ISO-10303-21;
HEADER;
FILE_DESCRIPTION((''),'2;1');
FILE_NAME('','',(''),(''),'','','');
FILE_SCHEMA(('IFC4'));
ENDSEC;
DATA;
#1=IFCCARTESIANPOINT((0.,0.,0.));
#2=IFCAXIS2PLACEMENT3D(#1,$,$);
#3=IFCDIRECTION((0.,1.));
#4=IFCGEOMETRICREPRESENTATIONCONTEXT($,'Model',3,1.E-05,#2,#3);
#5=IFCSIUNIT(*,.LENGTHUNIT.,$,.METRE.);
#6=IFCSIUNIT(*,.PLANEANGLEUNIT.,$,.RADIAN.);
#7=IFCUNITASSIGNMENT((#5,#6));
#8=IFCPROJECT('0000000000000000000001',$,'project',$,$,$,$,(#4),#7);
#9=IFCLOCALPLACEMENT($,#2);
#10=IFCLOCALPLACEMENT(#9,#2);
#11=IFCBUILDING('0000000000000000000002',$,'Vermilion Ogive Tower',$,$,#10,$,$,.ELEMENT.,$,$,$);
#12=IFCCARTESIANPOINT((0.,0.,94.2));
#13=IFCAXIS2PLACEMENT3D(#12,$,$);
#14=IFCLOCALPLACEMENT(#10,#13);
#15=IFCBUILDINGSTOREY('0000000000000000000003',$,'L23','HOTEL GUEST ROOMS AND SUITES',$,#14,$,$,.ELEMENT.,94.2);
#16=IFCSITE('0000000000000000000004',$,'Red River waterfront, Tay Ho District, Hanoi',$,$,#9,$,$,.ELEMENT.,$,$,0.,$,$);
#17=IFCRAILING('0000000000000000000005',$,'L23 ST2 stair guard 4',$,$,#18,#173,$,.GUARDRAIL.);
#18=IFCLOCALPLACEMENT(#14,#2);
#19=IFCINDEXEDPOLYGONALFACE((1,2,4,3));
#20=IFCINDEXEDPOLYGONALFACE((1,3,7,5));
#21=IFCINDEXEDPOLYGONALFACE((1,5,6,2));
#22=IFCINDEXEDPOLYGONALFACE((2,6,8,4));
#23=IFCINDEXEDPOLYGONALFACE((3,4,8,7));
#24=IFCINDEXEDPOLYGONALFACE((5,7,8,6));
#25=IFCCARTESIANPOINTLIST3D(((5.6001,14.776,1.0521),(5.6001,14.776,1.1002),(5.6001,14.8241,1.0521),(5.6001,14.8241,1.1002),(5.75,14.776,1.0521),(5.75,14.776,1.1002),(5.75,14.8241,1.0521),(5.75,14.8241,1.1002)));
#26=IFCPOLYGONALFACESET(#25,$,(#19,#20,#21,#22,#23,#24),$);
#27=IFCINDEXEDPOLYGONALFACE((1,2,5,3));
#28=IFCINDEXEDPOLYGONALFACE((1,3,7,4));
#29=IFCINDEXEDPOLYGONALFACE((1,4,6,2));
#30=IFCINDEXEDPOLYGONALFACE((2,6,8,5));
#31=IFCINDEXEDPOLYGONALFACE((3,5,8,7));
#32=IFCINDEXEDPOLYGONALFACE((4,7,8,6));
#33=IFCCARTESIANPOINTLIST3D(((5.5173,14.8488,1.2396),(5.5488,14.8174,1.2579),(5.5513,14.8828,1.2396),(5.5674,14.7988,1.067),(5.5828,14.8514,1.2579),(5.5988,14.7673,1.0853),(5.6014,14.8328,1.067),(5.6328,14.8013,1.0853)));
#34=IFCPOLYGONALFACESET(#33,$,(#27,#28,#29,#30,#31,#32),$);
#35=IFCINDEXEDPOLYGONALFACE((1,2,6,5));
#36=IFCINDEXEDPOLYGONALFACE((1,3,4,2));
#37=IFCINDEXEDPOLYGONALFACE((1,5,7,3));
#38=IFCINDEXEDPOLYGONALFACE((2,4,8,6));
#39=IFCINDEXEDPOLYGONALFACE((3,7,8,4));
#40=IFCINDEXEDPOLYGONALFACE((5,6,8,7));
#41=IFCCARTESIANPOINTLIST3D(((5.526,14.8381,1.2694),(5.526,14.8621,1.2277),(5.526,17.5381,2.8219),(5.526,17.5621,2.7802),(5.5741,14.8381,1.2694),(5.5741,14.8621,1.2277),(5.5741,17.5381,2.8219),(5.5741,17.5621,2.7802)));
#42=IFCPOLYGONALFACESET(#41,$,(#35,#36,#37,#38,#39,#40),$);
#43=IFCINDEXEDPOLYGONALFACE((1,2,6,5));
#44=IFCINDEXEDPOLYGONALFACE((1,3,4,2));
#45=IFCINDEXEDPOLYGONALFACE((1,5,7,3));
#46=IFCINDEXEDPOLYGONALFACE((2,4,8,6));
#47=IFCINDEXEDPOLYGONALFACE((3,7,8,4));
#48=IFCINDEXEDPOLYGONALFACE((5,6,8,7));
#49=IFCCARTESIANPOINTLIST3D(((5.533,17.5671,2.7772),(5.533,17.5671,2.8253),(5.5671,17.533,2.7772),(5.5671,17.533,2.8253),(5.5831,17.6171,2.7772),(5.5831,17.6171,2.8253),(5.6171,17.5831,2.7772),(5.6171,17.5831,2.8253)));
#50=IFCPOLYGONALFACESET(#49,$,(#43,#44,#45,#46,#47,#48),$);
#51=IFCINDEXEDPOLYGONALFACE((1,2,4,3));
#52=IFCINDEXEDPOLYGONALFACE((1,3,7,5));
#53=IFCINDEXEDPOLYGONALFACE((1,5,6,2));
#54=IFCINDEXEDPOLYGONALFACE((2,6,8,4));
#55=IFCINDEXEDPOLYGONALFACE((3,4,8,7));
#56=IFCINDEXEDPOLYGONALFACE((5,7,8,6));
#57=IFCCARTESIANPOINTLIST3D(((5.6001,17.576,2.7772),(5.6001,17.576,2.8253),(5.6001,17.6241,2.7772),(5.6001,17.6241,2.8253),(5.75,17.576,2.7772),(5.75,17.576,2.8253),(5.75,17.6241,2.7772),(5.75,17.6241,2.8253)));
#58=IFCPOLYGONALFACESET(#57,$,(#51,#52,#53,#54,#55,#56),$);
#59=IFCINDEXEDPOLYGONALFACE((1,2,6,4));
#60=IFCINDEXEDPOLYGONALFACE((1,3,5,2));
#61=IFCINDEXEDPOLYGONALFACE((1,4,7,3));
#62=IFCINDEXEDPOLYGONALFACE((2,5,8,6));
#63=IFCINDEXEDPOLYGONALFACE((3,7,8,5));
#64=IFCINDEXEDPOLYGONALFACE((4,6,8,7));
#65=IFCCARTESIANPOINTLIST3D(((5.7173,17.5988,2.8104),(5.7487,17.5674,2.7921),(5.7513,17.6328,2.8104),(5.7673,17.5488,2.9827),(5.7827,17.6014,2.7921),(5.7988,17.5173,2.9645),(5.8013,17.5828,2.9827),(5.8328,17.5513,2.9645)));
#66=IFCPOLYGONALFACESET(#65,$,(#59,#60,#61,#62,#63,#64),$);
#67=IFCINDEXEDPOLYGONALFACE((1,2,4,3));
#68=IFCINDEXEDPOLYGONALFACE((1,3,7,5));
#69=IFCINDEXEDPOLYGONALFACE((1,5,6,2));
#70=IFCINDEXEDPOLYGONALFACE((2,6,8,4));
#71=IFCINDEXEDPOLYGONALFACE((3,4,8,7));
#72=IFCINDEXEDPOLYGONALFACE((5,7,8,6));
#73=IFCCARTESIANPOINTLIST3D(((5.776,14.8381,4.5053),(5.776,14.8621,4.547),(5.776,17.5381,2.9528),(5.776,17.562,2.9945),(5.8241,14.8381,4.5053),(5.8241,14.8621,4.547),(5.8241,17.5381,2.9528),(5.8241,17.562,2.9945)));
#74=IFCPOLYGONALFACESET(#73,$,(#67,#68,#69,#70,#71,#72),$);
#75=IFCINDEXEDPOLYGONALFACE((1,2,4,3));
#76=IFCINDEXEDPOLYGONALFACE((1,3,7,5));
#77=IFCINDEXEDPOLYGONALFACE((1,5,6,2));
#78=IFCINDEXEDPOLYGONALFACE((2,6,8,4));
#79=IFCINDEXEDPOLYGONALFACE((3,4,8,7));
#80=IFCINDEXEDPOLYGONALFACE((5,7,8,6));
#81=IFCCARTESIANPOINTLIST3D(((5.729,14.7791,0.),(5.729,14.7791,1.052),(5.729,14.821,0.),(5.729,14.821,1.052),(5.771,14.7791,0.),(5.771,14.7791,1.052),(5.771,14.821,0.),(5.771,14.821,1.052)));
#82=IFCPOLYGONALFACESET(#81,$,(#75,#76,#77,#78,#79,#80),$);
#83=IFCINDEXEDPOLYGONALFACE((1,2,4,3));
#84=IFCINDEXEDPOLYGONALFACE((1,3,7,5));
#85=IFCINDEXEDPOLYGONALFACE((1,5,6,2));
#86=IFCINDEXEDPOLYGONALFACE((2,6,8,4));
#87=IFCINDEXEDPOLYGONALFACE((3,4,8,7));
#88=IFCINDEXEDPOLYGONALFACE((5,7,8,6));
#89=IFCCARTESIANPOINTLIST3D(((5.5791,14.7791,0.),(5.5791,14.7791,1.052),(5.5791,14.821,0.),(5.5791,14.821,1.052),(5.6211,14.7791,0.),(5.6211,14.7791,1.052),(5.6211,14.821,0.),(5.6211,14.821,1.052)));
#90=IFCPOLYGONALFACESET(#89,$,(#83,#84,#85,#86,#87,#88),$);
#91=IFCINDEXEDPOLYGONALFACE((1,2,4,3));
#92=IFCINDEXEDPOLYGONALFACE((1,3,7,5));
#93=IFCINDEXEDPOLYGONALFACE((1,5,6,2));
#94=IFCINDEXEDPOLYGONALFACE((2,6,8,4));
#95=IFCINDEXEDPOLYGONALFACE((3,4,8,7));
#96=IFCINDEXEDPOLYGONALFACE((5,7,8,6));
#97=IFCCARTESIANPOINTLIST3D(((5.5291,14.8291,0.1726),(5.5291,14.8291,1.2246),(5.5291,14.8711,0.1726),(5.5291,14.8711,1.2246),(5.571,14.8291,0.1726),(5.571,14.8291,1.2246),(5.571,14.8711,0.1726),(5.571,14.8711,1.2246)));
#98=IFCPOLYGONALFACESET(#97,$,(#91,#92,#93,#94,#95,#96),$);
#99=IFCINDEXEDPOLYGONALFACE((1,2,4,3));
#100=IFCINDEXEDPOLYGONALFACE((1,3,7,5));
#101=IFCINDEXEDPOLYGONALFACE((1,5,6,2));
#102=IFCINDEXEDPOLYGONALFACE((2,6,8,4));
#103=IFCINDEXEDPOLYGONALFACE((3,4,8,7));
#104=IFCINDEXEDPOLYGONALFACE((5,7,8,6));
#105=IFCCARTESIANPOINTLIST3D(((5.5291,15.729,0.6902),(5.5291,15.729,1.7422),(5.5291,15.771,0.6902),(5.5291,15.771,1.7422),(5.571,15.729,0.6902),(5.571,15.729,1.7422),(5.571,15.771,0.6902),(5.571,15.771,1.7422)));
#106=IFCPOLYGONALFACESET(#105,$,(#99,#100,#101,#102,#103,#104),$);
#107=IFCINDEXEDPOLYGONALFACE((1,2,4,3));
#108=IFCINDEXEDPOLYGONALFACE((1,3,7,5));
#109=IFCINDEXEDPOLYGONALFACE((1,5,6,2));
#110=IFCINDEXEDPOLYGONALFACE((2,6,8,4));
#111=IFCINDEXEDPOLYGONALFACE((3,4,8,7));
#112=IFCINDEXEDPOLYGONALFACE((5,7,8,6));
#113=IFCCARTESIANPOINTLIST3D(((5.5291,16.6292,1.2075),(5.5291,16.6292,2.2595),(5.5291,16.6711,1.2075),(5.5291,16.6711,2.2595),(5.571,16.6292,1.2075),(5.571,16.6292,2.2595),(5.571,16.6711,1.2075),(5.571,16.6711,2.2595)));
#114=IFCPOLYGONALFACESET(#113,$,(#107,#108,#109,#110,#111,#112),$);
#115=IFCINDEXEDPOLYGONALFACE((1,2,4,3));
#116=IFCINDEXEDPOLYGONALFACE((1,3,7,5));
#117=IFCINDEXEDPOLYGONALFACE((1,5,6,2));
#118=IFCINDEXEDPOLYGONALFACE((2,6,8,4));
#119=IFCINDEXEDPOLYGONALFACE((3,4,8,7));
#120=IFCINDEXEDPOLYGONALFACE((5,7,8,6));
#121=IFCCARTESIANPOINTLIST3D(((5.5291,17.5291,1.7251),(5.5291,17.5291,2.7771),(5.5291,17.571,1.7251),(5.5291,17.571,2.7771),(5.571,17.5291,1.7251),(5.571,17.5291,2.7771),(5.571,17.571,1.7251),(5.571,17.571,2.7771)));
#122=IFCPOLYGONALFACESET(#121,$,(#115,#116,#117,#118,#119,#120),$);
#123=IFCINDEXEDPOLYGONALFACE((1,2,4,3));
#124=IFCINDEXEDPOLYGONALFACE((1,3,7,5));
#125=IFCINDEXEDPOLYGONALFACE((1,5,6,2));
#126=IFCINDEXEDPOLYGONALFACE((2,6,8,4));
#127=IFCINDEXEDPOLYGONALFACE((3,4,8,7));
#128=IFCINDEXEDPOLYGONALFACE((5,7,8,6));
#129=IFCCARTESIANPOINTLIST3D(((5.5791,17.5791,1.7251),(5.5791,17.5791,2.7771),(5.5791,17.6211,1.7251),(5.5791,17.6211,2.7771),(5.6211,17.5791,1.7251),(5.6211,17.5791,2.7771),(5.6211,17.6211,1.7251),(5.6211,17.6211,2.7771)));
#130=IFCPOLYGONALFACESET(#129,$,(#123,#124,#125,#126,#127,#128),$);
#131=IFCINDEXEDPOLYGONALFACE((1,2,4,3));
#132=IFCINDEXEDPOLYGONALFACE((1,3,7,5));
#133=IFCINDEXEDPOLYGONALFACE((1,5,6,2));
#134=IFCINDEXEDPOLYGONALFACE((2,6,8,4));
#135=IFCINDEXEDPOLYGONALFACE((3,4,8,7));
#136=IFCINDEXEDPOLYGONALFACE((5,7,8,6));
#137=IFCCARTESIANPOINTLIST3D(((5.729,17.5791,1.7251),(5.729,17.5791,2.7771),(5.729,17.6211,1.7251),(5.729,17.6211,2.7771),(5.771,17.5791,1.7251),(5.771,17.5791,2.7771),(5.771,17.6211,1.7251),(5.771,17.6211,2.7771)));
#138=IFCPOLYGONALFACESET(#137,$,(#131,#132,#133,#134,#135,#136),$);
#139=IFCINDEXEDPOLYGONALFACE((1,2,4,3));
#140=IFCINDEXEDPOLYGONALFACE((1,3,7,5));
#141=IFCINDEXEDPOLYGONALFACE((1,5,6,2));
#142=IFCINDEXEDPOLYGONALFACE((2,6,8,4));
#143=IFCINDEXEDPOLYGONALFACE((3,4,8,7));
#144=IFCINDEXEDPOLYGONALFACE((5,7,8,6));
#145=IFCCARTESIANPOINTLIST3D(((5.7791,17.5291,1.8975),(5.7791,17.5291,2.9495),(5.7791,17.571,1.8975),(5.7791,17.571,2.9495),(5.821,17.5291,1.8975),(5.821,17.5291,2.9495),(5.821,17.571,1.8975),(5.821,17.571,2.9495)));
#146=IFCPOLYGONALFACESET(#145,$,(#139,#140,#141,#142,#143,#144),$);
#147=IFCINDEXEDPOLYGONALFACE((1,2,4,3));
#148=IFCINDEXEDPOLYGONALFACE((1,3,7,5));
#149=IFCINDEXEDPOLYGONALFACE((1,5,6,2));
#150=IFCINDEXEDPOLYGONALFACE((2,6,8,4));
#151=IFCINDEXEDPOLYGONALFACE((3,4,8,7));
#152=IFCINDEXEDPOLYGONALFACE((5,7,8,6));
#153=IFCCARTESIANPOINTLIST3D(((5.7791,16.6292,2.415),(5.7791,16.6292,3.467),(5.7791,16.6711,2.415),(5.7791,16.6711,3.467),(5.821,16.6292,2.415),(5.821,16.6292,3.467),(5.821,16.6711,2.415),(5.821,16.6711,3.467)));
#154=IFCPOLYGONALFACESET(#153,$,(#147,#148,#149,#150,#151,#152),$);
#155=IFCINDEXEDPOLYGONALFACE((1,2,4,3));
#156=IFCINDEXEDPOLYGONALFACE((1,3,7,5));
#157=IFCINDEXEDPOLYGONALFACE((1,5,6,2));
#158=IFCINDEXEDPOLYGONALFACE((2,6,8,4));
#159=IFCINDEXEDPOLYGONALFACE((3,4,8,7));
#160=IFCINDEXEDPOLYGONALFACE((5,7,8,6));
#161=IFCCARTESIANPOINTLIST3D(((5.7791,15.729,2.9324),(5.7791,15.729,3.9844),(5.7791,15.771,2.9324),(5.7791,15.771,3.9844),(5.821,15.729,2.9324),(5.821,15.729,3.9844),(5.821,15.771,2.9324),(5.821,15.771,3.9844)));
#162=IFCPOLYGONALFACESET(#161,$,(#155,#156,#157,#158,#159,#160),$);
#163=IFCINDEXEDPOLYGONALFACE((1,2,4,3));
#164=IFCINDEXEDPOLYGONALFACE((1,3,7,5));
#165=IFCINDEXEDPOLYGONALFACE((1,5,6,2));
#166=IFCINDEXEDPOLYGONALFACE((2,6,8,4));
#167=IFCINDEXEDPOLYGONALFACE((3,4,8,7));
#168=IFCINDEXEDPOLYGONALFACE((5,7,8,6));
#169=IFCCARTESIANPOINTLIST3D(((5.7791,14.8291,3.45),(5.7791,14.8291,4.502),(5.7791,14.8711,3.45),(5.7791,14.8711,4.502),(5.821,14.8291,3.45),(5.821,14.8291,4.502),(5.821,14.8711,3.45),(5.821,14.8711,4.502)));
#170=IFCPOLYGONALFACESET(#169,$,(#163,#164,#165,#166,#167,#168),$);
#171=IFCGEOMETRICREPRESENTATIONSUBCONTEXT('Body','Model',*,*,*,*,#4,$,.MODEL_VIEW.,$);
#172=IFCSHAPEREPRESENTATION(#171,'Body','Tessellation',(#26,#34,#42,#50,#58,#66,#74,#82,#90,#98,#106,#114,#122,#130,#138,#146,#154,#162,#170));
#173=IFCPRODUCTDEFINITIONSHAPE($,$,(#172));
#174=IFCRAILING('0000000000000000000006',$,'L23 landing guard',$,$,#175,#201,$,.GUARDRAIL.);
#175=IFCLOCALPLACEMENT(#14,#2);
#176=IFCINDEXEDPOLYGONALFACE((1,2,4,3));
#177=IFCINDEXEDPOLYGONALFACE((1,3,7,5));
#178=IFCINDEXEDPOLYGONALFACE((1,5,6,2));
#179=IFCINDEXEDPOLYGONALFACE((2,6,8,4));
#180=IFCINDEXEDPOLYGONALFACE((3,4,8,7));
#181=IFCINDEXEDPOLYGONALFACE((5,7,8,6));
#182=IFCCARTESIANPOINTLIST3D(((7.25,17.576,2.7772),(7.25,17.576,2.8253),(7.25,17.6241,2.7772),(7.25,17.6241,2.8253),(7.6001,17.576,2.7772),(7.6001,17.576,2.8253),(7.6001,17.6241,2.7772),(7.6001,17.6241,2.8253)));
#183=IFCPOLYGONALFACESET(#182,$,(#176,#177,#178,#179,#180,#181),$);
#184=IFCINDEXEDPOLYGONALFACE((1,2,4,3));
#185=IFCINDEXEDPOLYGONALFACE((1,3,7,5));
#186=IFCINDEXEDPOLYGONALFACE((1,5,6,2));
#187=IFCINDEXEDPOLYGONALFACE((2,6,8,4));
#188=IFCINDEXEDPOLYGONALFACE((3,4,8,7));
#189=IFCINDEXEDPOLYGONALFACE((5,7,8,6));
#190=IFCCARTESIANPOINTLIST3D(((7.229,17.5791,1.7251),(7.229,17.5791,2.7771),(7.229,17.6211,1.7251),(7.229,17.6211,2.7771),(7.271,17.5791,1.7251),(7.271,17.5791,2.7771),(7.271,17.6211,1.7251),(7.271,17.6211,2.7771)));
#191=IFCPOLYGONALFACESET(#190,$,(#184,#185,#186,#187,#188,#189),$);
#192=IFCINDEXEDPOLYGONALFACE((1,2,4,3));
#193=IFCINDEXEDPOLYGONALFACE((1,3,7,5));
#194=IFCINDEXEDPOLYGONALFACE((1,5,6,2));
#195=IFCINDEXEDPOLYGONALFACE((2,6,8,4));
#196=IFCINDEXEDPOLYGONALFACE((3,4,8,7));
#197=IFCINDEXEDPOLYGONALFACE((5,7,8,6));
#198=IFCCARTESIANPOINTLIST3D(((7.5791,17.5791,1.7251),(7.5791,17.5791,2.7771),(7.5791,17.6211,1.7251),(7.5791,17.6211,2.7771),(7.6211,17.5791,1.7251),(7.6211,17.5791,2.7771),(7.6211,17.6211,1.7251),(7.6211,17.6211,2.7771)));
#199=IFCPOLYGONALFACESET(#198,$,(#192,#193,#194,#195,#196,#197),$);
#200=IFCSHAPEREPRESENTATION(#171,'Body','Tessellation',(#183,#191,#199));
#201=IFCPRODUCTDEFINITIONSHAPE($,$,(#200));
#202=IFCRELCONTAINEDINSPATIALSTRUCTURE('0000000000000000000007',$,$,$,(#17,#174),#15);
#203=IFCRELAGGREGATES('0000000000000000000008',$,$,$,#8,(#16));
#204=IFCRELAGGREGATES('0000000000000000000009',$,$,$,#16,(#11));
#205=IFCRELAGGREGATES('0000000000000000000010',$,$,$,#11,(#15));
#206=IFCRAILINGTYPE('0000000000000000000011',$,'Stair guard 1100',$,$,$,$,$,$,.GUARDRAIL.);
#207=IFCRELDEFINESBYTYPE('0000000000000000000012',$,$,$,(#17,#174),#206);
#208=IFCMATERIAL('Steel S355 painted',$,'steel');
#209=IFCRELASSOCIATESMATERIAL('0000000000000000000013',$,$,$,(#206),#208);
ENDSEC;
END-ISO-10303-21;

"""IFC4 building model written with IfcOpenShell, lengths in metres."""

from ifc_helpers import new_model, si_unit, direction, frame, origin, origin_2d, place, context, subcontext, project, spatial, rectangle, extrude, material, type_object, element, save


model = new_model("IFC4")

# Units and contexts
model_context = context("Model", 3, precision=1e-05, world=origin(), true_north=direction((0.0, 1.0)))
body_context = subcontext(model_context, "Body", "Model", "MODEL_VIEW")
ifc_project = project(units=[si_unit("LENGTHUNIT", "METRE"), si_unit("PLANEANGLEUNIT", "RADIAN")], contexts=[model_context])

# Site, building, storey
site_placement = place(None, origin())
site = spatial("IfcSite", under=ifc_project, at=site_placement, Name="Red River waterfront, Tay Ho District, Hanoi", CompositionType="ELEMENT", RefElevation=0.0)
building_placement = place(site_placement, origin())
building = spatial("IfcBuilding", under=site, at=building_placement, Name="Vermilion Ogive Tower", CompositionType="ELEMENT")
storey_placement = place(building_placement, frame((0.0, 0.0, 94.2)))
storey = spatial("IfcBuildingStorey", under=building, at=storey_placement, Name="L23", Description="HOTEL GUEST ROOMS AND SUITES", CompositionType="ELEMENT", Elevation=94.2)

# Railings
ifc_material_1 = material(Name="Steel S355 painted", Category="steel")
railing_type_1 = type_object("IfcRailingType", Name="Stair guard 1100", PredefinedType="GUARDRAIL", material=ifc_material_1)
railing_1_placement = place(storey_placement, frame((5.75, 14.8, 0.0)))
element("IfcRailing", 1, at=railing_1_placement, inside=storey, type_object=railing_type_1, Name="L23 ST2 stair guard 4", PredefinedType="GUARDRAIL", context=body_context, shape_type="SweptSolid", body=[
    extrude(rectangle(XDim=0.0481, YDim=0.0481, at=origin_2d()), frame((0.0, 0.0, 1.0762), z_axis=(-1.0, 0.0, 0.0), x_axis=(0.0, -1.0, 0.0)), (0.0, 0.0, 1.0), 0.1499),
    extrude(rectangle(XDim=0.0481, YDim=0.0481, at=origin_2d()), frame((-0.1499, 0.0, 1.0762), z_axis=(-0.268278, 0.268278, 0.925232), x_axis=(-0.707107, -0.707107, 0.0)), (0.0, 0.0, 1.0), 0.1865),
    extrude(rectangle(XDim=0.0481, YDim=0.0481, at=origin_2d()), frame((-0.2, 0.05, 1.2485), z_axis=(0.0, 0.866904, 0.498476), x_axis=(-1.0, 0.0, 0.0)), (0.0, 0.0, 1.0), 3.1145),
    extrude(rectangle(XDim=0.0481, YDim=0.0481, at=origin_2d()), frame((-0.2, 2.75, 2.8013), z_axis=(0.707107, 0.707107, 0.0), x_axis=(-0.707107, 0.707107, 0.0)), (0.0, 0.0, 1.0), 0.0708),
    extrude(rectangle(XDim=0.0481, YDim=0.0481, at=origin_2d()), frame((-0.1499, 2.8, 2.8013), z_axis=(1.0, 0.0, 0.0), x_axis=(0.0, 1.0, 0.0)), (0.0, 0.0, 1.0), 0.1499),
    extrude(rectangle(XDim=0.0481, YDim=0.0481, at=origin_2d()), frame((0.0, 2.8, 2.8013), z_axis=(0.268603, -0.268603, 0.925043), x_axis=(0.707107, 0.707107, 0.0)), (0.0, 0.0, 1.0), 0.1863),
    extrude(rectangle(XDim=0.0481, YDim=0.0481, at=origin_2d()), frame((0.05, 2.75, 2.9736), z_axis=(0.0, -0.866904, 0.498476), x_axis=(1.0, 0.0, 0.0)), (0.0, 0.0, 1.0), 3.1145),
    extrude(rectangle(XDim=0.042, YDim=0.042, at=origin_2d()), origin(), (0.0, 0.0, 1.0), 1.052),
    extrude(rectangle(XDim=0.042, YDim=0.042, at=origin_2d()), frame((-0.1499, 0.0, 0.0)), (0.0, 0.0, 1.0), 1.052),
    extrude(rectangle(XDim=0.042, YDim=0.042, at=origin_2d()), frame((-0.2, 0.05, 0.1726)), (0.0, 0.0, 1.0), 1.052),
    extrude(rectangle(XDim=0.042, YDim=0.042, at=origin_2d()), frame((-0.2, 0.95, 0.6902)), (0.0, 0.0, 1.0), 1.052),
    extrude(rectangle(XDim=0.042, YDim=0.042, at=origin_2d()), frame((-0.2, 1.8501, 1.2075)), (0.0, 0.0, 1.0), 1.052),
    extrude(rectangle(XDim=0.042, YDim=0.042, at=origin_2d()), frame((-0.2, 2.75, 1.7251)), (0.0, 0.0, 1.0), 1.052),
    extrude(rectangle(XDim=0.042, YDim=0.042, at=origin_2d()), frame((-0.1499, 2.8, 1.7251)), (0.0, 0.0, 1.0), 1.052),
    extrude(rectangle(XDim=0.042, YDim=0.042, at=origin_2d()), frame((0.0, 2.8, 1.7251)), (0.0, 0.0, 1.0), 1.052),
    extrude(rectangle(XDim=0.042, YDim=0.042, at=origin_2d()), frame((0.05, 2.75, 1.8975)), (0.0, 0.0, 1.0), 1.052),
    extrude(rectangle(XDim=0.042, YDim=0.042, at=origin_2d()), frame((0.05, 1.8501, 2.415)), (0.0, 0.0, 1.0), 1.052),
    extrude(rectangle(XDim=0.042, YDim=0.042, at=origin_2d()), frame((0.05, 0.95, 2.9324)), (0.0, 0.0, 1.0), 1.052),
    extrude(rectangle(XDim=0.042, YDim=0.042, at=origin_2d()), frame((0.05, 0.05, 3.45)), (0.0, 0.0, 1.0), 1.052),
])
railing_2_placement = place(storey_placement, frame((7.25, 17.6001, 1.7251)))
element("IfcRailing", 2, at=railing_2_placement, inside=storey, type_object=railing_type_1, Name="L23 landing guard", PredefinedType="GUARDRAIL", context=body_context, shape_type="SweptSolid", body=[
    extrude(rectangle(XDim=0.0481, YDim=0.0481, at=origin_2d()), frame((0.0, 0.0, 1.0762), z_axis=(1.0, 0.0, 0.0), x_axis=(0.0, 1.0, 0.0)), (0.0, 0.0, 1.0), 0.3501),
    extrude(rectangle(XDim=0.042, YDim=0.042, at=origin_2d()), origin(), (0.0, 0.0, 1.0), 1.052),
    extrude(rectangle(XDim=0.042, YDim=0.042, at=origin_2d()), frame((0.3501, 0.0, 0.0)), (0.0, 0.0, 1.0), 1.052),
])

save(model, "model.ifc")
